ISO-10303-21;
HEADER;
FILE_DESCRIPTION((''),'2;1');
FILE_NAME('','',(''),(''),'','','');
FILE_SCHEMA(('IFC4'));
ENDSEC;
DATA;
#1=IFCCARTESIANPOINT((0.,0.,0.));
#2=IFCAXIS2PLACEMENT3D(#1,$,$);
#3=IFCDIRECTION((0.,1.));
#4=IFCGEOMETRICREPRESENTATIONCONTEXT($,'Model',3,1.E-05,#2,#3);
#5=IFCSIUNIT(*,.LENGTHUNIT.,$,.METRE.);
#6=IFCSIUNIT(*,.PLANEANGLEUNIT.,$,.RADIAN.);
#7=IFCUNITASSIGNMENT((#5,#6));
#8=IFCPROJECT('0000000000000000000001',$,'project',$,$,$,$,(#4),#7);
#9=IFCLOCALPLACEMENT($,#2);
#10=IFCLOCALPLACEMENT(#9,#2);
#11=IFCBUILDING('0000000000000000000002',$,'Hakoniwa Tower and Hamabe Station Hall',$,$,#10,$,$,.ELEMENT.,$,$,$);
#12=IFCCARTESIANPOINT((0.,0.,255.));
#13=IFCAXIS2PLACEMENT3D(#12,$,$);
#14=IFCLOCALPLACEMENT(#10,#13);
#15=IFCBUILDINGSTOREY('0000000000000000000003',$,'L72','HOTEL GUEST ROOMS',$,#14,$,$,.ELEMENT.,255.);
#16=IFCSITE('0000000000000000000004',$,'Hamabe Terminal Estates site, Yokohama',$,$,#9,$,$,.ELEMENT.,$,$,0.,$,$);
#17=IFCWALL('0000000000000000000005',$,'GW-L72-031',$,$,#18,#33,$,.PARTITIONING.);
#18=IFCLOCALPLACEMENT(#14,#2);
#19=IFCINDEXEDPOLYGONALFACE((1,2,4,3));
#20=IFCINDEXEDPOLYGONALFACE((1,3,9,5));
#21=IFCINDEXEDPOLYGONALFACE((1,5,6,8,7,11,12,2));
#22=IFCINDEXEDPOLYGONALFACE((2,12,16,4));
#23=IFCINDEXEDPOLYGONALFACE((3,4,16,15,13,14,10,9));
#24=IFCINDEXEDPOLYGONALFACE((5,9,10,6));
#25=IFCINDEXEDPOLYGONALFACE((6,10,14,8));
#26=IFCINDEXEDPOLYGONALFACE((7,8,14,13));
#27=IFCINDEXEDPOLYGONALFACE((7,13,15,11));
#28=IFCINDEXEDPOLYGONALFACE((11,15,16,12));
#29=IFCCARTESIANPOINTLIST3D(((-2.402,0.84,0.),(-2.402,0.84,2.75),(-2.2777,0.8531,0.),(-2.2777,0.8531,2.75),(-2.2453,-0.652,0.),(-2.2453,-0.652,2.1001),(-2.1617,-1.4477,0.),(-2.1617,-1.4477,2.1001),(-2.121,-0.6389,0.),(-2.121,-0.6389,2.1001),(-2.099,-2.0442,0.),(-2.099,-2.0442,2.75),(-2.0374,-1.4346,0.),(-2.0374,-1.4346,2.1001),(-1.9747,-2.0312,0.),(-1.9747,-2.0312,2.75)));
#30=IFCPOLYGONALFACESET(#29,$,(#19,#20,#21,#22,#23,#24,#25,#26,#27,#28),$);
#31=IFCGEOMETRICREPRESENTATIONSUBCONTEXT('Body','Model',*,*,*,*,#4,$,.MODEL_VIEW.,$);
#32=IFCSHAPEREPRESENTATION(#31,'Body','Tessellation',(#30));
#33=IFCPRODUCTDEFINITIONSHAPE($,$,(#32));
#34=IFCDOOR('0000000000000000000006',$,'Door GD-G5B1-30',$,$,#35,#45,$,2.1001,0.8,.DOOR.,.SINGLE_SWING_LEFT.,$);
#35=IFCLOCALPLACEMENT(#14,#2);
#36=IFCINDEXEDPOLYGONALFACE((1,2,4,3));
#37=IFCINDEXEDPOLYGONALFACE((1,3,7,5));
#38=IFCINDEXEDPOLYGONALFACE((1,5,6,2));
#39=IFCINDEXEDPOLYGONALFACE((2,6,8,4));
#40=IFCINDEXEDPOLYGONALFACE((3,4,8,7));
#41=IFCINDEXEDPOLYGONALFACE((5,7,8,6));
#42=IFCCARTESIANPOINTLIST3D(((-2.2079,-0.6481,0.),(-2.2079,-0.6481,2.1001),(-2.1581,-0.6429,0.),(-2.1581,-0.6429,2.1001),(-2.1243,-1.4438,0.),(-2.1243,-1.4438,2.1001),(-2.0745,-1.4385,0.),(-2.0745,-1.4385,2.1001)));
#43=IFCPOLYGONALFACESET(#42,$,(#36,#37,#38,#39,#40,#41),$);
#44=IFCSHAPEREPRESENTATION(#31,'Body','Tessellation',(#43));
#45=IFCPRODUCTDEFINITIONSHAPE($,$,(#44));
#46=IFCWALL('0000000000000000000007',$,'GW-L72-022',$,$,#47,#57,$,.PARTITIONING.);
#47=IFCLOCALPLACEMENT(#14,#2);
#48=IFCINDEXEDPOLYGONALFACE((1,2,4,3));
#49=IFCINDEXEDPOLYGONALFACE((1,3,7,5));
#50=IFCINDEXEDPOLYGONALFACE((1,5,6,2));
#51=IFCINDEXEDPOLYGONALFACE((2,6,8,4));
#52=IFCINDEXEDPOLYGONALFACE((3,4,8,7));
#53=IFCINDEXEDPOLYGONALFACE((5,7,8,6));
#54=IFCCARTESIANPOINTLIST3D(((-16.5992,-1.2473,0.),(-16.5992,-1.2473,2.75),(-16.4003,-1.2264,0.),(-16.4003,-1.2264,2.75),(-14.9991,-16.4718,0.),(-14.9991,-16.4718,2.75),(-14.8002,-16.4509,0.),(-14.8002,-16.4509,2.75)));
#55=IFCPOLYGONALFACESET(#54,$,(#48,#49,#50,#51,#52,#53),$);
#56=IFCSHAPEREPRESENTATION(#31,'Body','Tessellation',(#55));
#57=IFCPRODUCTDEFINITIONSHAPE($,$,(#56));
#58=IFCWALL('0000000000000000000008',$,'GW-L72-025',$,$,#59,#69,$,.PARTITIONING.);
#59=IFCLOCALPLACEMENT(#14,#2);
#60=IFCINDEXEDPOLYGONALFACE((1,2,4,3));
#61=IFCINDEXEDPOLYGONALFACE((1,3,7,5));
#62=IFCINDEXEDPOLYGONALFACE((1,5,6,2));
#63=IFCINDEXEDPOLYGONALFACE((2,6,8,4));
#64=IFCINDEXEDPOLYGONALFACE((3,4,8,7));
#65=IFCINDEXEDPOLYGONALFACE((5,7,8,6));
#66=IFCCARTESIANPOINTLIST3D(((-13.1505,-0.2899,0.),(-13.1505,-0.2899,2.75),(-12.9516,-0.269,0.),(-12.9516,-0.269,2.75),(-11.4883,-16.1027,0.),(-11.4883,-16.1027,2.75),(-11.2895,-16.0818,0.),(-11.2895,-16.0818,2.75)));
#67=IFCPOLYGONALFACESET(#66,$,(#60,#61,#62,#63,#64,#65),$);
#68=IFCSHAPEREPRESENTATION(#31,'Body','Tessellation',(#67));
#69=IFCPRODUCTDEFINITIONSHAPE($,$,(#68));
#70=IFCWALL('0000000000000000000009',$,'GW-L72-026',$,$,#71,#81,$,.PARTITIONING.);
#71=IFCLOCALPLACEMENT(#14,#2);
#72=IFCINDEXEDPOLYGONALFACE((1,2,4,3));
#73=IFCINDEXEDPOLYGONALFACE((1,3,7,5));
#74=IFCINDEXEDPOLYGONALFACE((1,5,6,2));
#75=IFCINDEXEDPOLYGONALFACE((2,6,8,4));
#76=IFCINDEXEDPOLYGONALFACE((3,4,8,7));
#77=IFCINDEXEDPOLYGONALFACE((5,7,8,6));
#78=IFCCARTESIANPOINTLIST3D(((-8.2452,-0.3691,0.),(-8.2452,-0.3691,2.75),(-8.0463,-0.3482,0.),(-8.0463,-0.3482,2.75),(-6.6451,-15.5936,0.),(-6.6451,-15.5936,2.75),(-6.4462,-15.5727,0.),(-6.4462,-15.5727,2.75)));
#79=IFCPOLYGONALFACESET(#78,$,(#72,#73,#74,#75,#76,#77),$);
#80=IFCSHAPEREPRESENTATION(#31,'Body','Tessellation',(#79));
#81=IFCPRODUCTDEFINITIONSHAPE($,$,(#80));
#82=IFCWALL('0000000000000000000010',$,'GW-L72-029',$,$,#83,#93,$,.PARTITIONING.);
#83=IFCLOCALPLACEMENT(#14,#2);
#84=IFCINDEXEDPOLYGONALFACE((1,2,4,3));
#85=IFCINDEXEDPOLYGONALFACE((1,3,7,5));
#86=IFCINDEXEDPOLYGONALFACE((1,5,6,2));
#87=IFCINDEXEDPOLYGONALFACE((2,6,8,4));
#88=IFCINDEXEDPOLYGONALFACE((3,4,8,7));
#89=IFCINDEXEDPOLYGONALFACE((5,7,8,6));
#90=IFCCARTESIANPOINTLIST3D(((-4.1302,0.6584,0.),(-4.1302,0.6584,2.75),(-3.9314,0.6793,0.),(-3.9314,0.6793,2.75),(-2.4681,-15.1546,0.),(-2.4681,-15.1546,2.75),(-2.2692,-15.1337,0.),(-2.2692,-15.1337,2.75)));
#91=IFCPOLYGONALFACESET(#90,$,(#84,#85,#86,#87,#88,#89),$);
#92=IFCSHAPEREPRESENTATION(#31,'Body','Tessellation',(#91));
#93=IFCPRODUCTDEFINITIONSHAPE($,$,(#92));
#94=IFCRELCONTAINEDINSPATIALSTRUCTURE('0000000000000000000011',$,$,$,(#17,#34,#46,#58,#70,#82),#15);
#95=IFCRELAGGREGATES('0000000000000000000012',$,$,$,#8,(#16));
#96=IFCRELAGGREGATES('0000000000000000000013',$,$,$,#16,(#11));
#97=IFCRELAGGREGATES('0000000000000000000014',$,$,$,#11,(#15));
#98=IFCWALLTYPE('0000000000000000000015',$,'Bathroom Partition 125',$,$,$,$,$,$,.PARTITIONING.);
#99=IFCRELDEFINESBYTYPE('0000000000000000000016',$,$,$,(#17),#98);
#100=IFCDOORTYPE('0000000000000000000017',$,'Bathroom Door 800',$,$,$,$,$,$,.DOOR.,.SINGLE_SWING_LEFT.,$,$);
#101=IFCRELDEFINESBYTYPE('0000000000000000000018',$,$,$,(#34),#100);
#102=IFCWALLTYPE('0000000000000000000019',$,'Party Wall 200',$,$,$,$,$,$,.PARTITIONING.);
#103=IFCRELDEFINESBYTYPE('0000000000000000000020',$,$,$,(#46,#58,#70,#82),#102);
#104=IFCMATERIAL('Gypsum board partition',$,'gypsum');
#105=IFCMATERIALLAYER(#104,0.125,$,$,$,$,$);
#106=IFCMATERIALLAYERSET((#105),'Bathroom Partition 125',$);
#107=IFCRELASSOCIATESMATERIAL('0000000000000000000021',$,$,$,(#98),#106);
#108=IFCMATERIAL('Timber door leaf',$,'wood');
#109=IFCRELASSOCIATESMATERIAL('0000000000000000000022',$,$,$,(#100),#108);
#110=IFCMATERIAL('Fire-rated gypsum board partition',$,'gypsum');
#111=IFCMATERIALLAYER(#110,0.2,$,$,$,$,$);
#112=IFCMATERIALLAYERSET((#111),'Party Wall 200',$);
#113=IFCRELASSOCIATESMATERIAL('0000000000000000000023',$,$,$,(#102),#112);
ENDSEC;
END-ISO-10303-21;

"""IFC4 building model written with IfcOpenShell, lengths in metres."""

from ifc_helpers import new_model, si_unit, direction, frame, frame_2d, origin, place, context, subcontext, project, spatial, rectangle, extrude, material, layer, layer_set, type_object, element, fill, save


model = new_model("IFC4")

# Units and contexts
model_context = context("Model", 3, precision=1e-05, world=origin(), true_north=direction((0.0, 1.0)))
body_context = subcontext(model_context, "Body", "Model", "MODEL_VIEW")
ifc_project = project(units=[si_unit("LENGTHUNIT", "METRE"), si_unit("PLANEANGLEUNIT", "RADIAN")], contexts=[model_context])

# Site, building, storey
site_placement = place(None, origin())
site = spatial("IfcSite", under=ifc_project, at=site_placement, Name="Hamabe Terminal Estates site, Yokohama", CompositionType="ELEMENT", RefElevation=0.0)
building_placement = place(site_placement, origin())
building = spatial("IfcBuilding", under=site, at=building_placement, Name="Hakoniwa Tower and Hamabe Station Hall", CompositionType="ELEMENT")
storey_placement = place(building_placement, frame((0.0, 0.0, 255.0)))
storey = spatial("IfcBuildingStorey", under=building, at=storey_placement, Name="L72", Description="HOTEL GUEST ROOMS", CompositionType="ELEMENT", Elevation=255.0)

# Shared definitions
ifc_material_1 = material(Name="Gypsum board partition", Category="gypsum")
ifc_layer_1 = layer(ifc_material_1, 0.125)
ifc_layer_set_1 = layer_set([ifc_layer_1], Name="Bathroom Partition 125")
wall_type_1 = type_object("IfcWallType", Name="Bathroom Partition 125", PredefinedType="PARTITIONING", material=ifc_layer_set_1)

# Wall, opening, door
ifc_material_2 = material(Name="Timber door leaf", Category="wood")
door_type = type_object("IfcDoorType", Name="Bathroom Door 800", OperationType="SINGLE_SWING_LEFT", PredefinedType="DOOR", material=ifc_material_2)
wall_1_placement = place(storey_placement, frame((-2.0369, -2.0378, 0.0), z_axis=(0.0, 0.0, 1.0), x_axis=(-0.10447, 0.994528, 0.0)))
wall_1 = element("IfcWall", 1, at=wall_1_placement, inside=storey, type_object=wall_type_1, Name="GW-L72-031", PredefinedType="PARTITIONING", context=body_context, shape_type="SweptSolid", body=[
    extrude(rectangle(XDim=2.9001, YDim=0.125, at=frame_2d((1.4502, 0.0))), origin(), (0.0, 0.0, 1.0), 2.75),
])
opening_1_placement = place(wall_1_placement, frame((0.6001, 0.0, 0.0)))
opening_1 = element("IfcOpeningElement", 2, at=opening_1_placement, cuts=wall_1, PredefinedType="OPENING", context=body_context, shape_type="SweptSolid", body=[
    extrude(rectangle(XDim=0.8, YDim=2.1001, at=frame_2d((0.3999, 1.05))), frame((0.0, 0.0725, 0.0), z_axis=(0.0, -1.0, 0.0), x_axis=(1.0, 0.0, 0.0)), (0.0, 0.0, 1.0), 0.145),
])
door_1_placement = place(opening_1_placement, origin())
door_1 = element("IfcDoor", 3, at=door_1_placement, inside=storey, type_object=door_type, Name="Door GD-G5B1-30", OperationType="SINGLE_SWING_LEFT", OverallHeight=2.1001, OverallWidth=0.8, PredefinedType="DOOR", context=body_context, shape_type="SweptSolid", body=[
    extrude(rectangle(XDim=0.8, YDim=2.1001, at=frame_2d((0.3999, 1.05))), frame((0.0, 0.0249, 0.0), z_axis=(0.0, -1.0, 0.0), x_axis=(1.0, 0.0, 0.0)), (0.0, 0.0, 1.0), 0.05),
])
fill(opening_1, door_1)

# Walls
ifc_material_3 = material(Name="Fire-rated gypsum board partition", Category="gypsum")
ifc_layer_2 = layer(ifc_material_3, 0.2)
ifc_layer_set_2 = layer_set([ifc_layer_2], Name="Party Wall 200")
wall_type_2 = type_object("IfcWallType", Name="Party Wall 200", PredefinedType="PARTITIONING", material=ifc_layer_set_2)
wall_2_placement = place(storey_placement, frame((-14.8997, -16.4614, 0.0), z_axis=(0.0, 0.0, 1.0), x_axis=(-0.104524, 0.994522, 0.0)))
element("IfcWall", 4, at=wall_2_placement, inside=storey, type_object=wall_type_2, Name="GW-L72-022", PredefinedType="PARTITIONING", context=body_context, shape_type="SweptSolid", body=[
    extrude(rectangle(XDim=15.3083, YDim=0.2, at=frame_2d((7.6543, 0.0))), origin(), (0.0, 0.0, 1.0), 2.75),
])
wall_3_placement = place(storey_placement, frame((-11.3889, -16.0923, 0.0), z_axis=(0.0, 0.0, 1.0), x_axis=(-0.104536, 0.994521, 0.0)))
element("IfcWall", 5, at=wall_3_placement, inside=storey, type_object=wall_type_2, Name="GW-L72-025", PredefinedType="PARTITIONING", context=body_context, shape_type="SweptSolid", body=[
    extrude(rectangle(XDim=15.8999, YDim=0.2, at=frame_2d((7.95, 0.0))), origin(), (0.0, 0.0, 1.0), 2.75),
])
wall_4_placement = place(storey_placement, frame((-6.5457, -15.5833, 0.0), z_axis=(0.0, 0.0, 1.0), x_axis=(-0.104524, 0.994522, 0.0)))
element("IfcWall", 6, at=wall_4_placement, inside=storey, type_object=wall_type_2, Name="GW-L72-026", PredefinedType="PARTITIONING", context=body_context, shape_type="SweptSolid", body=[
    extrude(rectangle(XDim=15.3083, YDim=0.2, at=frame_2d((7.6543, 0.0))), origin(), (0.0, 0.0, 1.0), 2.75),
])
wall_5_placement = place(storey_placement, frame((-2.3687, -15.1443, 0.0), z_axis=(0.0, 0.0, 1.0), x_axis=(-0.104535, 0.994521, 0.0)))
element("IfcWall", 7, at=wall_5_placement, inside=storey, type_object=wall_type_2, Name="GW-L72-029", PredefinedType="PARTITIONING", context=body_context, shape_type="SweptSolid", body=[
    extrude(rectangle(XDim=15.9001, YDim=0.2, at=frame_2d((7.9502, 0.0))), origin(), (0.0, 0.0, 1.0), 2.75),
])

save(model, "model.ifc")
